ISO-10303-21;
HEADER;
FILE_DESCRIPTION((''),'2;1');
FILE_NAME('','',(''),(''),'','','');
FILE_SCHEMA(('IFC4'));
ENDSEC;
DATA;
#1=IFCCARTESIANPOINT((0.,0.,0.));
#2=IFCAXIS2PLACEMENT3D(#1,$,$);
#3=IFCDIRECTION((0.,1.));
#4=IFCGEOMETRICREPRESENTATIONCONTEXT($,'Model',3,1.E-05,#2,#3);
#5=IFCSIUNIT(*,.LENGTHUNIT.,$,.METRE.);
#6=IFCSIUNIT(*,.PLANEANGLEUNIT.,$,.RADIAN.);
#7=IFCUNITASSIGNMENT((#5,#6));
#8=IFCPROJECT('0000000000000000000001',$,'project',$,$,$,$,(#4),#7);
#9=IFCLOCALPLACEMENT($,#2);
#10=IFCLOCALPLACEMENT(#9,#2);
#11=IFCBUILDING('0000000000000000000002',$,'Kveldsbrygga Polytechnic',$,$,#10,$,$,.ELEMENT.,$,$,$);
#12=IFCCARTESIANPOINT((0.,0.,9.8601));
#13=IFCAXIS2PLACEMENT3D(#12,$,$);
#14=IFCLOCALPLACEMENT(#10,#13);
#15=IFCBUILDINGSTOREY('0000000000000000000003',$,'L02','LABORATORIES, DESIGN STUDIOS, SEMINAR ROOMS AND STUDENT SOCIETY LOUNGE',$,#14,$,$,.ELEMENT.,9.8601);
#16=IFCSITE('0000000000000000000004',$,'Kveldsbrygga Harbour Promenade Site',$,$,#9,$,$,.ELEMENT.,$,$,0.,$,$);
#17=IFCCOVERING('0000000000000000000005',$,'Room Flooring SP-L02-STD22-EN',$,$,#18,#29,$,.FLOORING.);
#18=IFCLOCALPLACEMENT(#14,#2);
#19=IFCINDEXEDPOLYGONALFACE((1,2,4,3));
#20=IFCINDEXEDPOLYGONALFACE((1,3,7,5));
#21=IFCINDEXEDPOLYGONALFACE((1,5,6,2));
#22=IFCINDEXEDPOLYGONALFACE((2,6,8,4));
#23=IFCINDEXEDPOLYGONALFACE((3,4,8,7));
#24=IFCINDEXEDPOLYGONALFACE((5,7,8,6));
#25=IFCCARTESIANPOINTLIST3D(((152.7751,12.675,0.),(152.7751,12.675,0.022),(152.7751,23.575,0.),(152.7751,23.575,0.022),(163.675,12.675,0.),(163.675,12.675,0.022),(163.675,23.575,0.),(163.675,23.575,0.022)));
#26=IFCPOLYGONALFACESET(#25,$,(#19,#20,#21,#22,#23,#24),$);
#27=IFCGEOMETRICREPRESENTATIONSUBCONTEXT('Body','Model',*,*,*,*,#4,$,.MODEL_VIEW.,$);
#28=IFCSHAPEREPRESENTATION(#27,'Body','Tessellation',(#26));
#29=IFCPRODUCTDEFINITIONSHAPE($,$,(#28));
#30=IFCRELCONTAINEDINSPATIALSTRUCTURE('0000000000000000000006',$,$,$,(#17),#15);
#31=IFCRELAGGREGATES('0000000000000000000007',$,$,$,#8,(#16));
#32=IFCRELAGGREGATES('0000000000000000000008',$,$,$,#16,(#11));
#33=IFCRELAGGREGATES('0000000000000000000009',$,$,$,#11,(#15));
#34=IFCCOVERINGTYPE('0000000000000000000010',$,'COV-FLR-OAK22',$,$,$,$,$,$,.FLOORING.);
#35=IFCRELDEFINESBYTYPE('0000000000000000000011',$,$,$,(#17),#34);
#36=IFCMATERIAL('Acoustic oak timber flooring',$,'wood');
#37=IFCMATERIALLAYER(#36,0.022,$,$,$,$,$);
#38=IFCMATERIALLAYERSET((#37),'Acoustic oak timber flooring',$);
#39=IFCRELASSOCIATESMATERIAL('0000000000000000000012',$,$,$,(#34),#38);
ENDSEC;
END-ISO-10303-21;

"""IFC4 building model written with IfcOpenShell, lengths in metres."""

from ifc_helpers import new_model, si_unit, direction, frame, origin, origin_2d, place, context, subcontext, project, spatial, rectangle, extrude, material, layer, layer_set, type_object, element, save


model = new_model("IFC4")

# Units and contexts
model_context = context("Model", 3, precision=1e-05, world=origin(), true_north=direction((0.0, 1.0)))
body_context = subcontext(model_context, "Body", "Model", "MODEL_VIEW")
ifc_project = project(units=[si_unit("LENGTHUNIT", "METRE"), si_unit("PLANEANGLEUNIT", "RADIAN")], contexts=[model_context])

# Site, building, storey
site_placement = place(None, origin())
site = spatial("IfcSite", under=ifc_project, at=site_placement, Name="Kveldsbrygga Harbour Promenade Site", CompositionType="ELEMENT", RefElevation=0.0)
building_placement = place(site_placement, origin())
building = spatial("IfcBuilding", under=site, at=building_placement, Name="Kveldsbrygga Polytechnic", CompositionType="ELEMENT")
storey_placement = place(building_placement, frame((0.0, 0.0, 9.8601)))
storey = spatial("IfcBuildingStorey", under=building, at=storey_placement, Name="L02", Description="LABORATORIES, DESIGN STUDIOS, SEMINAR ROOMS AND STUDENT SOCIETY LOUNGE", CompositionType="ELEMENT", Elevation=9.8601)

# Covering
ifc_material_1 = material(Name="Acoustic oak timber flooring", Category="wood")
ifc_layer_1 = layer(ifc_material_1, 0.022)
ifc_layer_set_1 = layer_set([ifc_layer_1], Name="Acoustic oak timber flooring")
covering_type_1 = type_object("IfcCoveringType", Name="COV-FLR-OAK22", PredefinedType="FLOORING", material=ifc_layer_set_1)
covering_1_placement = place(storey_placement, frame((158.2251, 18.125, 0.0), z_axis=(0.0, 0.0, 1.0), x_axis=(1.0, 0.0, 0.0)))
element("IfcCovering", 1, at=covering_1_placement, inside=storey, type_object=covering_type_1, Name="Room Flooring SP-L02-STD22-EN", PredefinedType="FLOORING", context=body_context, shape_type="SweptSolid", body=[
    extrude(rectangle(XDim=10.8999, YDim=10.8999, at=origin_2d()), origin(), (0.0, 0.0, 1.0), 0.022),
])

save(model, "model.ifc")
